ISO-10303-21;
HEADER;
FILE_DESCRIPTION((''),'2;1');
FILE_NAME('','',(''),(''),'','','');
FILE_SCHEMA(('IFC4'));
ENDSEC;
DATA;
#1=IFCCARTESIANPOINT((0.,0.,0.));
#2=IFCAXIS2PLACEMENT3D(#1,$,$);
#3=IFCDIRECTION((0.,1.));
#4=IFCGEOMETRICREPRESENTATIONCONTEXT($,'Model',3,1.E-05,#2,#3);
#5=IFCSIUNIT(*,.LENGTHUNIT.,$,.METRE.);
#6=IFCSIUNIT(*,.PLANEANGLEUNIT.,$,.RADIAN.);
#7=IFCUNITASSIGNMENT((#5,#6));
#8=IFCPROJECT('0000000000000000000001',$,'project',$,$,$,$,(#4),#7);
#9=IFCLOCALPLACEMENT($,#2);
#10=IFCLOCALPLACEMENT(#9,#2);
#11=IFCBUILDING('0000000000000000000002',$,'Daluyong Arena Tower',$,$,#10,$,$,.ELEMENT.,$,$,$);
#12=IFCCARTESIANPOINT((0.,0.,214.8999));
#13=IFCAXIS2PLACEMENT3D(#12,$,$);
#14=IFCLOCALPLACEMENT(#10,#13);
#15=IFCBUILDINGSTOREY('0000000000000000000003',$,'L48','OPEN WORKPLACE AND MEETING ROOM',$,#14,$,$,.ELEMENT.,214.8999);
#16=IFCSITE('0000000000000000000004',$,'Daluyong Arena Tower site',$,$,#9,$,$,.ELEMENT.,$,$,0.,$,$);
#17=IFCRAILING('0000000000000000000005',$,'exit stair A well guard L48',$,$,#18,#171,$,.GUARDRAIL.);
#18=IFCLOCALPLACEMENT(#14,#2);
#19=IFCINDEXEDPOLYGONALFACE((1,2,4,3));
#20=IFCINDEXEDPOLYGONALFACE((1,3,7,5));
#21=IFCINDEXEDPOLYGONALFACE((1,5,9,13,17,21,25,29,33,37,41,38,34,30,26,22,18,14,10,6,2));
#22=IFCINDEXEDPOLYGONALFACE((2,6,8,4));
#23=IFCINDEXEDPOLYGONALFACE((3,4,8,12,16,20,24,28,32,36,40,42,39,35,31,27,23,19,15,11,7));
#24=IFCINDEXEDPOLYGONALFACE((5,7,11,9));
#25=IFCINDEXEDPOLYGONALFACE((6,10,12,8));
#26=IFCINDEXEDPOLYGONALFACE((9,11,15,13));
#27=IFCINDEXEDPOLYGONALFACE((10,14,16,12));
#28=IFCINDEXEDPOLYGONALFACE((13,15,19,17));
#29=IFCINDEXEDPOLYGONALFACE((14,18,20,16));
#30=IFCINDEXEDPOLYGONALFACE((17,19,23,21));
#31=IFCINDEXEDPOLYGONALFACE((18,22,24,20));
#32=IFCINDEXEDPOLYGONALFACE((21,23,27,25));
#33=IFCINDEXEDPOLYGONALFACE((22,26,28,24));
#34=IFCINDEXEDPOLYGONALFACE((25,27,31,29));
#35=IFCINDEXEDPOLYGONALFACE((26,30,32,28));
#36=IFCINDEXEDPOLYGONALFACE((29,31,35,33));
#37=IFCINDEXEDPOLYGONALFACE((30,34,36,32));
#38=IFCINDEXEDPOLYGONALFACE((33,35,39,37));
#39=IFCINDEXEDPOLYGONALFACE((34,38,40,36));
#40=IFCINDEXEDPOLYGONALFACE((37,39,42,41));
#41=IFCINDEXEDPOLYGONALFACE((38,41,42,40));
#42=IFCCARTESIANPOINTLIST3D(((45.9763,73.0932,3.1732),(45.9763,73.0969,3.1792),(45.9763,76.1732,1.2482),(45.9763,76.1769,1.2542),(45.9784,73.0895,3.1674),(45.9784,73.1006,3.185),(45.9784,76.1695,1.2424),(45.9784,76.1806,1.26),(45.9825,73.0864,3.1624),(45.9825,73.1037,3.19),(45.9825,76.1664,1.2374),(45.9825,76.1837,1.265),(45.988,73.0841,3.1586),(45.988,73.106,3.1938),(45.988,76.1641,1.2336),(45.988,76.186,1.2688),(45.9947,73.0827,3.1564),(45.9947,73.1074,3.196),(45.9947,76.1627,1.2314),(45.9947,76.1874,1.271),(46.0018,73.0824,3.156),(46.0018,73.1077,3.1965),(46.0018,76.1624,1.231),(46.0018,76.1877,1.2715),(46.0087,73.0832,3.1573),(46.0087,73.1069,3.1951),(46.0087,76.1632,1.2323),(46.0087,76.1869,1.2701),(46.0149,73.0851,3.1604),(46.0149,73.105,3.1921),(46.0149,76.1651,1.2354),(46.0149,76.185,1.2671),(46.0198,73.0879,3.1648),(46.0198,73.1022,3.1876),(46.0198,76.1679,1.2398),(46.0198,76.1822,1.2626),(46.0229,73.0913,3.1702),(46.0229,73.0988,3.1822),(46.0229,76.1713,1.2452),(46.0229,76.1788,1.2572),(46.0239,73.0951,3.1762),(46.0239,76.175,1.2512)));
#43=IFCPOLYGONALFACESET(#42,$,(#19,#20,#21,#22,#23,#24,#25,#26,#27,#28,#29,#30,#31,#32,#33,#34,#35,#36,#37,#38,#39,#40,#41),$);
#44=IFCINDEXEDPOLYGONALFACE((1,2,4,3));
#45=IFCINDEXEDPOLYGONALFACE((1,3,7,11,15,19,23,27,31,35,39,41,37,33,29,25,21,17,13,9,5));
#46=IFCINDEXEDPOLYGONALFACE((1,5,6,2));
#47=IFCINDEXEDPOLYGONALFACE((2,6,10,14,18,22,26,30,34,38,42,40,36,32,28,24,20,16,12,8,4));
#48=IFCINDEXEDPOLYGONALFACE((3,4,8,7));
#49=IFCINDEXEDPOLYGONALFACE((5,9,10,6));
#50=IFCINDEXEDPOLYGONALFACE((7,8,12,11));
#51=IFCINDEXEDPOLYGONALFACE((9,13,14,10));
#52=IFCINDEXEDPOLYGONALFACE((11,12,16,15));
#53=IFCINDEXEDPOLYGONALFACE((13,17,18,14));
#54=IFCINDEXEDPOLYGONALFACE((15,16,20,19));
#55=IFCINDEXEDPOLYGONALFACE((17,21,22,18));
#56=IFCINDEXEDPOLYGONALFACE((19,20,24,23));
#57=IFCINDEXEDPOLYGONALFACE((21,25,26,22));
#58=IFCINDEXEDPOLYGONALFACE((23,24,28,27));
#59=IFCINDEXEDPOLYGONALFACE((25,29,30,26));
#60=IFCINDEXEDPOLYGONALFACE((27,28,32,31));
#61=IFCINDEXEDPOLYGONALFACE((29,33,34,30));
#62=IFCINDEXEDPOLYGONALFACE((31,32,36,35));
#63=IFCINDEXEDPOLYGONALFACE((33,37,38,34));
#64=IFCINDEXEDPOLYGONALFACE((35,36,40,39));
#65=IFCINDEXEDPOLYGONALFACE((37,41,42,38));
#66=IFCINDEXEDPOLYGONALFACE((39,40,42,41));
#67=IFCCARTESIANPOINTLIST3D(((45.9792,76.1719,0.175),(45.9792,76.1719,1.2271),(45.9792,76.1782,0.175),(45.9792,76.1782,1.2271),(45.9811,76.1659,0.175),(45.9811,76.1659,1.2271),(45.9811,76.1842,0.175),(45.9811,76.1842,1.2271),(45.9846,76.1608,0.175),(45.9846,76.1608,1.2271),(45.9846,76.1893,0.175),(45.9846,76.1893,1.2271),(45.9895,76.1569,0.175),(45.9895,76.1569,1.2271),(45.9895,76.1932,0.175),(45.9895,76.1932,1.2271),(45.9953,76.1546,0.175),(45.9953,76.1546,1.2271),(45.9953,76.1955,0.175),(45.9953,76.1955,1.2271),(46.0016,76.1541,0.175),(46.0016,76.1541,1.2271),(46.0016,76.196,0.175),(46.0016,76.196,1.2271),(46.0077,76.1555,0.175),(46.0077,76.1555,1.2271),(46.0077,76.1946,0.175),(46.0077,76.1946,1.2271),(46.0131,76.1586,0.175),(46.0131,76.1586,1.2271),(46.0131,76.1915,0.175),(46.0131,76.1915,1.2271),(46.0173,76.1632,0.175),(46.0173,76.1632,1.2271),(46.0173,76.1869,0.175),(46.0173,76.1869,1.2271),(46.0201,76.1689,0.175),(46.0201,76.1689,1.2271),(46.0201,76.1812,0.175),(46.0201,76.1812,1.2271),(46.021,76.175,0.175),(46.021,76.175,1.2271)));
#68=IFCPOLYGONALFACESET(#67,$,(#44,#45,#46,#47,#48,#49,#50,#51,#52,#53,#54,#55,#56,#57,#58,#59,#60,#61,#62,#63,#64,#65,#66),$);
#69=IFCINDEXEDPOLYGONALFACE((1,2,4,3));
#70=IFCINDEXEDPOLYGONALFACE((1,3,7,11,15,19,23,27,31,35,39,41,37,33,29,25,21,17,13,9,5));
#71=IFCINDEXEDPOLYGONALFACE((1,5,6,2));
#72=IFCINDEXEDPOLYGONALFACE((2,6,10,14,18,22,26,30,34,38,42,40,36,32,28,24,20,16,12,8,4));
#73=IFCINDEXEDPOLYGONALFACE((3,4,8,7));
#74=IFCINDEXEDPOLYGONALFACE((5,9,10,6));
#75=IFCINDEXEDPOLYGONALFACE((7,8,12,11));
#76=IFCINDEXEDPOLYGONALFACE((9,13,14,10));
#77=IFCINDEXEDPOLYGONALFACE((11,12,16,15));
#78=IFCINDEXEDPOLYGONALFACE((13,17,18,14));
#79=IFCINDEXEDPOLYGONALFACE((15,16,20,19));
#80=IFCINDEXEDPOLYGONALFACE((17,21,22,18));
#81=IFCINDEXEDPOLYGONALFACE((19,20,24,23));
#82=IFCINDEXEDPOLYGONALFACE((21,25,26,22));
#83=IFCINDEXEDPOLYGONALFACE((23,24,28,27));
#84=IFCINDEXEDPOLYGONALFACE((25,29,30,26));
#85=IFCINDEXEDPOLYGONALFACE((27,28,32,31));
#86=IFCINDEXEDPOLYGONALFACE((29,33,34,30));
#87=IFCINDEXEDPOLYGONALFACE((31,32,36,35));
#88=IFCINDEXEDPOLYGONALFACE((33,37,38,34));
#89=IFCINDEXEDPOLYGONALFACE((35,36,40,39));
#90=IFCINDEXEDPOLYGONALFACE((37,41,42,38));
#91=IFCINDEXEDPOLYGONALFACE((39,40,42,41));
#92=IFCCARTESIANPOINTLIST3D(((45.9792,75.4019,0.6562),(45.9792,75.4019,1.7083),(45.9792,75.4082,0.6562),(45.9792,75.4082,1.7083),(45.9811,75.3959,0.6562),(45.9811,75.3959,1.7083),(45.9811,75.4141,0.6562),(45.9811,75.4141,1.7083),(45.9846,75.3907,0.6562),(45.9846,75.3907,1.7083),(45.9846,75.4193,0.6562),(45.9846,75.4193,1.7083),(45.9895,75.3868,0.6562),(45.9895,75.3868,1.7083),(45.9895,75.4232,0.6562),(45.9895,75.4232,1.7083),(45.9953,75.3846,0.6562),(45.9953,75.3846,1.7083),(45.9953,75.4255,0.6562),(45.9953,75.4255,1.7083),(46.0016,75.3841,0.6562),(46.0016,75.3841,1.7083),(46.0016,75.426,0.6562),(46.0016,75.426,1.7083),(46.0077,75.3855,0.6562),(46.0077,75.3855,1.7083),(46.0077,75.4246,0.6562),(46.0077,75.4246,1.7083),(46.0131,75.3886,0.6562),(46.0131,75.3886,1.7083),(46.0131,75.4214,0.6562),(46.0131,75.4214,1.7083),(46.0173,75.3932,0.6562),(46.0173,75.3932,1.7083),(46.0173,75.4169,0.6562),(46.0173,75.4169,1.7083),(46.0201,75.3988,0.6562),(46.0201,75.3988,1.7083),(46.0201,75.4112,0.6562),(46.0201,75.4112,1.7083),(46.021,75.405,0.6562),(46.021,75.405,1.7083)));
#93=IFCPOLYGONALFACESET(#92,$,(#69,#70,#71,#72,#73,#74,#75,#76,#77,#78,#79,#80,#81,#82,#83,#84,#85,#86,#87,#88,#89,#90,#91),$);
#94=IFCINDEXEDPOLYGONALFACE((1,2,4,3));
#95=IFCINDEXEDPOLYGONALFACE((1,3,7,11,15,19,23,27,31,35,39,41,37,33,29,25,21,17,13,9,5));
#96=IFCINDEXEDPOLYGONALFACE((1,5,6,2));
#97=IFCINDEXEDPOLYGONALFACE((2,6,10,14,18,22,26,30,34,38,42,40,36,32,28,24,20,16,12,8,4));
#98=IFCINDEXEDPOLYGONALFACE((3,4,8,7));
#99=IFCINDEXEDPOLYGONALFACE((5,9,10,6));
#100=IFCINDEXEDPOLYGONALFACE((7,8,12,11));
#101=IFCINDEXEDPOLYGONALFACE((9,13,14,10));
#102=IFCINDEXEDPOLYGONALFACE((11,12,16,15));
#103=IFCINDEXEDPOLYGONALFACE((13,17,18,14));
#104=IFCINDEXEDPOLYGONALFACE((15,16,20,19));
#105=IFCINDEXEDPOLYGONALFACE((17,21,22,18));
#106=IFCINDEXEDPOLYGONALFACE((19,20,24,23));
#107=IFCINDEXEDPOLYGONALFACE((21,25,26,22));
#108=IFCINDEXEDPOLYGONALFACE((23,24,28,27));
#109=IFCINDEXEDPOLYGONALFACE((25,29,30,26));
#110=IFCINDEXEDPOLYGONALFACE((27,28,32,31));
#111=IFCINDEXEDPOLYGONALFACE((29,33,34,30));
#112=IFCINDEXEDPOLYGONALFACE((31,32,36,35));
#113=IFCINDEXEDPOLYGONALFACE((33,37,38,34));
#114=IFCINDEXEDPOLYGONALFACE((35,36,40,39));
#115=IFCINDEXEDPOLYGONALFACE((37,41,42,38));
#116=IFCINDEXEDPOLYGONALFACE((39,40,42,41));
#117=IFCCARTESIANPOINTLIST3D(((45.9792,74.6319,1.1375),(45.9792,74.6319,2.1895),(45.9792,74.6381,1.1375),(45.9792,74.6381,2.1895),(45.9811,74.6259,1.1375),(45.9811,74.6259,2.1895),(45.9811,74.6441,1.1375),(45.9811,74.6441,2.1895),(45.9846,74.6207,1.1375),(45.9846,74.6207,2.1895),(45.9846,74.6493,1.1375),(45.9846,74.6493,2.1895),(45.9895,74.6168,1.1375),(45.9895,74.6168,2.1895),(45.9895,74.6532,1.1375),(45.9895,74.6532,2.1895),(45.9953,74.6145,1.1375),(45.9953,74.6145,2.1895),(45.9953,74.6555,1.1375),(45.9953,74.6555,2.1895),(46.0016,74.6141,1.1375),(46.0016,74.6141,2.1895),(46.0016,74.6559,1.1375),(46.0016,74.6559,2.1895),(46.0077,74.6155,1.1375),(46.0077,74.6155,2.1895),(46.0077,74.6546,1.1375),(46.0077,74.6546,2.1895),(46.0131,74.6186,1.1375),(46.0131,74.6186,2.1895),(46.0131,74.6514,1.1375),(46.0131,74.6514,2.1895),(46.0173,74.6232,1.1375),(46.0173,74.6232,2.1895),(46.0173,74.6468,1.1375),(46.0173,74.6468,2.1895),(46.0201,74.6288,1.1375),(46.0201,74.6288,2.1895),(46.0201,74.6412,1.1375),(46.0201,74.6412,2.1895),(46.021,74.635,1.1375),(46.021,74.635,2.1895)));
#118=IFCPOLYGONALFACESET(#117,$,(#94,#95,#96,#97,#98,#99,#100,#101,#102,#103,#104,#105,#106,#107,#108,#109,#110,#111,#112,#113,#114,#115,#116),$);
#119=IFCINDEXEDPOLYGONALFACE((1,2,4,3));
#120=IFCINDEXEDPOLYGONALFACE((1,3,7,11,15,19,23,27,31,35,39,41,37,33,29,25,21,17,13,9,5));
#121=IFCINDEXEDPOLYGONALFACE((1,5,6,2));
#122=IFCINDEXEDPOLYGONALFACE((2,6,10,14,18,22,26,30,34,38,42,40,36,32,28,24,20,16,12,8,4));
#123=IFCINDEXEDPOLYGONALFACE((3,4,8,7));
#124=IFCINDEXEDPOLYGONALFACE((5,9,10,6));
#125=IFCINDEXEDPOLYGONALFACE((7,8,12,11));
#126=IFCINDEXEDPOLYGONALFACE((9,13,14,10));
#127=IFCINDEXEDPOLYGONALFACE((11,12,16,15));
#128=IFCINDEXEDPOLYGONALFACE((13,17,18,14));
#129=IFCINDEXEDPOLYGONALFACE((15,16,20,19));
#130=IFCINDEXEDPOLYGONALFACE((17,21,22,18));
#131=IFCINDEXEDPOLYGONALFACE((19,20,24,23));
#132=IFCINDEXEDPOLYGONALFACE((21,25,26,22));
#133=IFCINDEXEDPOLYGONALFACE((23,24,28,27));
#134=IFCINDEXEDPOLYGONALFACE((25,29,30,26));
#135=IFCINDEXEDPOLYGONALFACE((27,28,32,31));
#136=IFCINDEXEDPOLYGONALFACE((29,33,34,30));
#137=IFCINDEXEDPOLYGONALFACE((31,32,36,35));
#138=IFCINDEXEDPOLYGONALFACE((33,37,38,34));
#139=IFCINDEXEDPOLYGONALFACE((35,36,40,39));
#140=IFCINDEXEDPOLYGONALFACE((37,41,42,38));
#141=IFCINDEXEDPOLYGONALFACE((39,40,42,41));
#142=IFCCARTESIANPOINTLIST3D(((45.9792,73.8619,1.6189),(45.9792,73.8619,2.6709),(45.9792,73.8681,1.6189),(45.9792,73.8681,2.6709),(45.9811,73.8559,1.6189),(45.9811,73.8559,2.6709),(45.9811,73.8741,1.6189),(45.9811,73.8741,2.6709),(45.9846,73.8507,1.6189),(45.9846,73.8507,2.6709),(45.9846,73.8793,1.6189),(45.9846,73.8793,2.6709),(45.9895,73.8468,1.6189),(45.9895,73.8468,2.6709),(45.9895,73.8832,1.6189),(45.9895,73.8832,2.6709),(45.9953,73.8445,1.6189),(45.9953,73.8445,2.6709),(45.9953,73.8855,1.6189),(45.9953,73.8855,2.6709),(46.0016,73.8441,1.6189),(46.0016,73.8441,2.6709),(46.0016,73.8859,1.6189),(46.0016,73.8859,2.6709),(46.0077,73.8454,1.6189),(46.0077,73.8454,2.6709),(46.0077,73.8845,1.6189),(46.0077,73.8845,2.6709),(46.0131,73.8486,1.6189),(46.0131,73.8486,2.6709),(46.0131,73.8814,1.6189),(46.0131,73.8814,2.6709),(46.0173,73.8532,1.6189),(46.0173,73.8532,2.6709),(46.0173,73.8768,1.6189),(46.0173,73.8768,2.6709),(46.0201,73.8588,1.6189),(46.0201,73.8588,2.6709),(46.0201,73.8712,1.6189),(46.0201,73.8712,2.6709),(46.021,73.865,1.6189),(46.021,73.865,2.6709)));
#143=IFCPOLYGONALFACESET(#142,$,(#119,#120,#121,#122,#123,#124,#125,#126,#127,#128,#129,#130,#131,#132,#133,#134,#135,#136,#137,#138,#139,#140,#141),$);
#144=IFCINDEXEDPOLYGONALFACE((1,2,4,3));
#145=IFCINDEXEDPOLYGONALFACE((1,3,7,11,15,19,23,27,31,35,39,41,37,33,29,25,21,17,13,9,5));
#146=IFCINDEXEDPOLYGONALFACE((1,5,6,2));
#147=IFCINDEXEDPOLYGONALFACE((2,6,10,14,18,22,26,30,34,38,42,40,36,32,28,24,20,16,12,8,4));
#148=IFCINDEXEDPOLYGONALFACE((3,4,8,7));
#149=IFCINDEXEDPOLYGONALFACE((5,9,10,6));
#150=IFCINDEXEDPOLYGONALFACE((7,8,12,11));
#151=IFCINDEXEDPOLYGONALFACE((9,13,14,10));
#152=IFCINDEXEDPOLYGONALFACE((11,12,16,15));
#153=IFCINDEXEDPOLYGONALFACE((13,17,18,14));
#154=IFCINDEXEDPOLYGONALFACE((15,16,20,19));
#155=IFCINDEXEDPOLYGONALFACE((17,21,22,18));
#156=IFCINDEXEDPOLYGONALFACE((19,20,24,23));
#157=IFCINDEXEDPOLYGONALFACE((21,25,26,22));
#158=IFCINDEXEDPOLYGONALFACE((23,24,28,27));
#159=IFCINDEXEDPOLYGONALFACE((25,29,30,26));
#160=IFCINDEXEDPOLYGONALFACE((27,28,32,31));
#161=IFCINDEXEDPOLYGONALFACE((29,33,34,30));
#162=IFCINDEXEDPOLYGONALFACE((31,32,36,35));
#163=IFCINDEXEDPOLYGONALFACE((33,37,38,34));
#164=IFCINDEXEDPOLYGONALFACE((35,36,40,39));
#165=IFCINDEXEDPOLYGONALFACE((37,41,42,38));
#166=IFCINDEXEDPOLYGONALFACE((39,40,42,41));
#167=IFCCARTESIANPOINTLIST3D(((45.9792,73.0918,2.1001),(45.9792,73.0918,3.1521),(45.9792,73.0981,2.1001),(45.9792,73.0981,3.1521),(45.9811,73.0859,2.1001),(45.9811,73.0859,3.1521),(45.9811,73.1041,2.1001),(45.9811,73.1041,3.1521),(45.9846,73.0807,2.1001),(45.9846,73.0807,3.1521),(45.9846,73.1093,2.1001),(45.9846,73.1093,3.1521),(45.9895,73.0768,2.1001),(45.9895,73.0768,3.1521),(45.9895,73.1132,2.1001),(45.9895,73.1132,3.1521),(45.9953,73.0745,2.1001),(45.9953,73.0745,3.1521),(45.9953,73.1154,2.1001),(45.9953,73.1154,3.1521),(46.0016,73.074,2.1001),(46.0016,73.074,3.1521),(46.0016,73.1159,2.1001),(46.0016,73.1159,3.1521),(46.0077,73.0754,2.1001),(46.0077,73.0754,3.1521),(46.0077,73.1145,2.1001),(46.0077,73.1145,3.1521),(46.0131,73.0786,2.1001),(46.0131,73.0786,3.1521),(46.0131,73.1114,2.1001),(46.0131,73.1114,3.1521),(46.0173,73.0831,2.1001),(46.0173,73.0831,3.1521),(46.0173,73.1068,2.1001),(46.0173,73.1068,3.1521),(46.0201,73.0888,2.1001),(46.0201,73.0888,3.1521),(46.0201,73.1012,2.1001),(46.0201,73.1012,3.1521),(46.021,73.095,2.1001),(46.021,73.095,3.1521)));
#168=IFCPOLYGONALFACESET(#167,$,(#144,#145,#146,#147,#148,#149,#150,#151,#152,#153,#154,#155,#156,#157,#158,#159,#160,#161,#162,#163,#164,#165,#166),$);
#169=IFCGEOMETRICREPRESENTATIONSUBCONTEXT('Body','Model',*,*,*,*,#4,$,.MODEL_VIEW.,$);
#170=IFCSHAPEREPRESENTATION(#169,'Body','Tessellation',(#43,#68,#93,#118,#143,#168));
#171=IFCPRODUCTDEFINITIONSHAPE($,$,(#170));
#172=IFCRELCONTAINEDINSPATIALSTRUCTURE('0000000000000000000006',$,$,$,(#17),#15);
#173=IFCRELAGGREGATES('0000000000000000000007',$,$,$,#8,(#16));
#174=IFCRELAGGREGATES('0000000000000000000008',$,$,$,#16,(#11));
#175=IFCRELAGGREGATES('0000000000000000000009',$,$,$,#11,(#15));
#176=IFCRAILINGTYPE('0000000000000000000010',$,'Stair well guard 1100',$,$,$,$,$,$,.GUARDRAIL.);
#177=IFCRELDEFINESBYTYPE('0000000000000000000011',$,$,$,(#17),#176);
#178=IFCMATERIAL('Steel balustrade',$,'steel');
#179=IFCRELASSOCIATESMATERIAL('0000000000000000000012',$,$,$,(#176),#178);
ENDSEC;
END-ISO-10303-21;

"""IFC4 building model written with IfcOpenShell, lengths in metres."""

from ifc_helpers import new_model, si_unit, direction, frame, origin, origin_2d, place, context, subcontext, project, spatial, circle, extrude, material, type_object, element, save


model = new_model("IFC4")

# Units and contexts
model_context = context("Model", 3, precision=1e-05, world=origin(), true_north=direction((0.0, 1.0)))
body_context = subcontext(model_context, "Body", "Model", "MODEL_VIEW")
ifc_project = project(units=[si_unit("LENGTHUNIT", "METRE"), si_unit("PLANEANGLEUNIT", "RADIAN")], contexts=[model_context])

# Site, building, storey
site_placement = place(None, origin())
site = spatial("IfcSite", under=ifc_project, at=site_placement, Name="Daluyong Arena Tower site", CompositionType="ELEMENT", RefElevation=0.0)
building_placement = place(site_placement, origin())
building = spatial("IfcBuilding", under=site, at=building_placement, Name="Daluyong Arena Tower", CompositionType="ELEMENT")
storey_placement = place(building_placement, frame((0.0, 0.0, 214.8999)))
storey = spatial("IfcBuildingStorey", under=building, at=storey_placement, Name="L48", Description="OPEN WORKPLACE AND MEETING ROOM", CompositionType="ELEMENT", Elevation=214.8999)

# Railing
ifc_material_1 = material(Name="Steel balustrade", Category="steel")
railing_type_1 = type_object("IfcRailingType", Name="Stair well guard 1100", PredefinedType="GUARDRAIL", material=ifc_material_1)
railing_1_placement = place(storey_placement, frame((46.0, 76.175, 0.175)))
element("IfcRailing", 1, at=railing_1_placement, inside=storey, type_object=railing_type_1, Name="exit stair A well guard L48", PredefinedType="GUARDRAIL", context=body_context, shape_type="SweptSolid", body=[
    extrude(circle(Radius=0.0239, at=origin_2d()), frame((0.0, 0.0, 1.0762), z_axis=(0.0, -0.847998, 0.529999), x_axis=(1.0, 0.0, 0.0)), (0.0, 0.0, 1.0), 3.6321),
    extrude(circle(Radius=0.021, at=origin_2d()), origin(), (0.0, 0.0, 1.0), 1.052),
    extrude(circle(Radius=0.021, at=origin_2d()), frame((0.0, -0.77, 0.4812)), (0.0, 0.0, 1.0), 1.052),
    extrude(circle(Radius=0.021, at=origin_2d()), frame((0.0, -1.54, 0.9624)), (0.0, 0.0, 1.0), 1.052),
    extrude(circle(Radius=0.021, at=origin_2d()), frame((0.0, -2.3101, 1.4438)), (0.0, 0.0, 1.0), 1.052),
    extrude(circle(Radius=0.021, at=origin_2d()), frame((0.0, -3.0801, 1.925)), (0.0, 0.0, 1.0), 1.052),
])

save(model, "model.ifc")
